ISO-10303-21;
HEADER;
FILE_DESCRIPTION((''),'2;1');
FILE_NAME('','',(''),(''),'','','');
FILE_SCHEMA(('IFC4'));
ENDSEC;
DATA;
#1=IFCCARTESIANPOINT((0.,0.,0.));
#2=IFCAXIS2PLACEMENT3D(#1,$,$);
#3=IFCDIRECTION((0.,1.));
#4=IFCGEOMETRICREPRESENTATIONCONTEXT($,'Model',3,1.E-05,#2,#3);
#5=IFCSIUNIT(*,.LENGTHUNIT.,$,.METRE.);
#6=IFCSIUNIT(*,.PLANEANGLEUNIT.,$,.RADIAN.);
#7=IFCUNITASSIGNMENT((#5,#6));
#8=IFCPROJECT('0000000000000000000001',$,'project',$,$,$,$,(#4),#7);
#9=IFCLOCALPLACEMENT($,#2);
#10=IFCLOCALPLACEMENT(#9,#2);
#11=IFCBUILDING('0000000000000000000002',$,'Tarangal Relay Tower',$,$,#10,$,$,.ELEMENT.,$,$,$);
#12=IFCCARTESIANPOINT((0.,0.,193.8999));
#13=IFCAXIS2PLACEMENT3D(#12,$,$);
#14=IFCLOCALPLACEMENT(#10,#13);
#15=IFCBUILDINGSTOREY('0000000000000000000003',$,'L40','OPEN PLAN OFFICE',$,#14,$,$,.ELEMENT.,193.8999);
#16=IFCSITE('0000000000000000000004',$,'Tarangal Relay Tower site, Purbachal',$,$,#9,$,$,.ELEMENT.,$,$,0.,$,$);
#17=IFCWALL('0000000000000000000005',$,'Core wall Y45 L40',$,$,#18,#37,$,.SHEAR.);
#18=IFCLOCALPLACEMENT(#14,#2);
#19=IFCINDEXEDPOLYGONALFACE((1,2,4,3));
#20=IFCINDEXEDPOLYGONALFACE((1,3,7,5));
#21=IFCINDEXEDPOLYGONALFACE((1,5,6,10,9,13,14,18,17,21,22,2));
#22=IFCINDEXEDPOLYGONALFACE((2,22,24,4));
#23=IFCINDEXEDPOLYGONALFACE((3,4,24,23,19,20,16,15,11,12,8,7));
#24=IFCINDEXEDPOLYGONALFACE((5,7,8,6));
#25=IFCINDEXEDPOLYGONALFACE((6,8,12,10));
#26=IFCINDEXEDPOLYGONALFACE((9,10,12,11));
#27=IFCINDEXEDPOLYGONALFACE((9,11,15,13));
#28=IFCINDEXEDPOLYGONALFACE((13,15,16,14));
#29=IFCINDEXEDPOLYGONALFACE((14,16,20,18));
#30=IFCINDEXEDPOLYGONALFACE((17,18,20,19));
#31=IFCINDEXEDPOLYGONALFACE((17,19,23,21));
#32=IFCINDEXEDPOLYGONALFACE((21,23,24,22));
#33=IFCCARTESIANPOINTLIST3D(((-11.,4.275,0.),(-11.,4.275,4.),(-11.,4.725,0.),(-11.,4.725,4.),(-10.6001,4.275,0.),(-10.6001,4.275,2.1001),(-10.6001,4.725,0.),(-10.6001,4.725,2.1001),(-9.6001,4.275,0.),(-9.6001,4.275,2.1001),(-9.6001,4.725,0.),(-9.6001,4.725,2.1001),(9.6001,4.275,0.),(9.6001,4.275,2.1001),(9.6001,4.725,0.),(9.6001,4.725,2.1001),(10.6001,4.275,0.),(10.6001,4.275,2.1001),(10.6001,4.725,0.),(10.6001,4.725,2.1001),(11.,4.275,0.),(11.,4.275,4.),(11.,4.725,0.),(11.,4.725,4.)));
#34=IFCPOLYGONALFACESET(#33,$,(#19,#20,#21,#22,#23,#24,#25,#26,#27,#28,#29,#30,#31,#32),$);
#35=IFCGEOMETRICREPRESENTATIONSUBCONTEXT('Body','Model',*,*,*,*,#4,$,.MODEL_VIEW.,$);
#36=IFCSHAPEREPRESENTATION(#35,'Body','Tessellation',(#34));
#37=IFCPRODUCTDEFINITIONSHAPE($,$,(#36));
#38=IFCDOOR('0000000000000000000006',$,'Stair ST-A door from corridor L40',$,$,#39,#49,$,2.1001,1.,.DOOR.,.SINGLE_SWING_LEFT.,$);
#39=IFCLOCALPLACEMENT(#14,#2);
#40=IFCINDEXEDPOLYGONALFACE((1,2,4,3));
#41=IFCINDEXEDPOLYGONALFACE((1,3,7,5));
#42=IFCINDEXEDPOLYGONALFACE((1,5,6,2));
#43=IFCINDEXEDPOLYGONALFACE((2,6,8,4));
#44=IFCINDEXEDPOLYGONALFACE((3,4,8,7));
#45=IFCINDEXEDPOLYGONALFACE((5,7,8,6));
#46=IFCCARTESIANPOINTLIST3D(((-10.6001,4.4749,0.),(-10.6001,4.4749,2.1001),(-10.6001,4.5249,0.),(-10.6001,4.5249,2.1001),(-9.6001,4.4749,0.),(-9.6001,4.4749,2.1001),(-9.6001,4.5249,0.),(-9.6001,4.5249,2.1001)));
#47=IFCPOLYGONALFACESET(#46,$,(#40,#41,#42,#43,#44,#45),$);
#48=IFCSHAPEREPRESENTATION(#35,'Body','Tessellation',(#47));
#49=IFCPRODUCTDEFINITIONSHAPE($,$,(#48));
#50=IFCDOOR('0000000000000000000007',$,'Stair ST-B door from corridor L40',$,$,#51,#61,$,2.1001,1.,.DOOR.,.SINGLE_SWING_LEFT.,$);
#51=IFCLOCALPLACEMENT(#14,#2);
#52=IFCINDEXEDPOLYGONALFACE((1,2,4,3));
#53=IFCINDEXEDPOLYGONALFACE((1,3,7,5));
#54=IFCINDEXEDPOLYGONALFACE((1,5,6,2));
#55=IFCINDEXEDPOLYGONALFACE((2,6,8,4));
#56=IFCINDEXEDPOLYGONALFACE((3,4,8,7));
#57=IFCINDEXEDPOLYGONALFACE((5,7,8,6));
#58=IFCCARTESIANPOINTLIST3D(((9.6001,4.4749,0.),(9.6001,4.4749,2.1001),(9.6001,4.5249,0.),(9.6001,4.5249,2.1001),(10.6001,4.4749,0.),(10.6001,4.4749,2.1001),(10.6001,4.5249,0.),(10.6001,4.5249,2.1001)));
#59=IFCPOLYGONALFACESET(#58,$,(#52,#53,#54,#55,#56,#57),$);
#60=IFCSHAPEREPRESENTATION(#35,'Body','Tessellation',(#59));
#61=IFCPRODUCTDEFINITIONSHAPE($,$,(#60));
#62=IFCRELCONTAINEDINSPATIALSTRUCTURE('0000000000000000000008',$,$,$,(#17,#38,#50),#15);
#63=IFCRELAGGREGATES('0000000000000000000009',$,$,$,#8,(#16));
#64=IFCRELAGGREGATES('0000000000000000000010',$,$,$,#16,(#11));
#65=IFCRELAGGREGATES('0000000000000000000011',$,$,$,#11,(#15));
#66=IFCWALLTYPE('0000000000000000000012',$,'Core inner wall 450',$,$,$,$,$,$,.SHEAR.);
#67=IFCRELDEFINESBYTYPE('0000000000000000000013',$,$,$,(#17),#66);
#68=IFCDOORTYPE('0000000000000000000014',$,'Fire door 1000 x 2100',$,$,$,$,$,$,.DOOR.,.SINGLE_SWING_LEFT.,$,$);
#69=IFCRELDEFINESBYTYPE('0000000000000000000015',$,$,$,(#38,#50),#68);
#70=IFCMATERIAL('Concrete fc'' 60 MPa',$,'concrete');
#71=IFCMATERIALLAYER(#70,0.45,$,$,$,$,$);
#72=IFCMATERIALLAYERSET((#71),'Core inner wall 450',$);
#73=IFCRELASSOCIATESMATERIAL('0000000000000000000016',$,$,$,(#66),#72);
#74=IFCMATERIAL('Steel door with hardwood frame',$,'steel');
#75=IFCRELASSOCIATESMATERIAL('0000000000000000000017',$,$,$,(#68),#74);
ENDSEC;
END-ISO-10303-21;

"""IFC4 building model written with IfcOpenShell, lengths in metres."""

from ifc_helpers import new_model, si_unit, direction, frame, frame_2d, origin, place, context, subcontext, project, spatial, rectangle, extrude, material, layer, layer_set, type_object, element, fill, save


model = new_model("IFC4")

# Units and contexts
model_context = context("Model", 3, precision=1e-05, world=origin(), true_north=direction((0.0, 1.0)))
body_context = subcontext(model_context, "Body", "Model", "MODEL_VIEW")
ifc_project = project(units=[si_unit("LENGTHUNIT", "METRE"), si_unit("PLANEANGLEUNIT", "RADIAN")], contexts=[model_context])

# Site, building, storey
site_placement = place(None, origin())
site = spatial("IfcSite", under=ifc_project, at=site_placement, Name="Tarangal Relay Tower site, Purbachal", CompositionType="ELEMENT", RefElevation=0.0)
building_placement = place(site_placement, origin())
building = spatial("IfcBuilding", under=site, at=building_placement, Name="Tarangal Relay Tower", CompositionType="ELEMENT")
storey_placement = place(building_placement, frame((0.0, 0.0, 193.8999)))
storey = spatial("IfcBuildingStorey", under=building, at=storey_placement, Name="L40", Description="OPEN PLAN OFFICE", CompositionType="ELEMENT", Elevation=193.8999)

# Wall, openings, doors
ifc_material_1 = material(Name="Concrete fc' 60 MPa", Category="concrete")
ifc_layer = layer(ifc_material_1, 0.45)
ifc_layer_set = layer_set([ifc_layer], Name="Core inner wall 450")
wall_type = type_object("IfcWallType", Name="Core inner wall 450", PredefinedType="SHEAR", material=ifc_layer_set)
wall_1_placement = place(storey_placement, frame((-11.0, 4.5, 0.0), z_axis=(0.0, 0.0, 1.0), x_axis=(1.0, 0.0, 0.0)))
wall_1 = element("IfcWall", 1, at=wall_1_placement, inside=storey, type_object=wall_type, Name="Core wall Y45 L40", PredefinedType="SHEAR", context=body_context, shape_type="SweptSolid", body=[
    extrude(rectangle(XDim=22.0, YDim=0.45, at=frame_2d((11.0, 0.0))), origin(), (0.0, 0.0, 1.0), 4.0),
])
opening_1_placement = place(wall_1_placement, frame((0.3999, 0.0, 0.0)))
opening_1 = element("IfcOpeningElement", 2, at=opening_1_placement, cuts=wall_1, PredefinedType="OPENING", context=body_context, shape_type="SweptSolid", body=[
    extrude(rectangle(XDim=1.0, YDim=2.1001, at=frame_2d((0.5, 1.05))), frame((0.0, 0.2349, 0.0), z_axis=(0.0, -1.0, 0.0), x_axis=(1.0, 0.0, 0.0)), (0.0, 0.0, 1.0), 0.47),
])
opening_2_placement = place(wall_1_placement, frame((20.6001, 0.0, 0.0)))
opening_2 = element("IfcOpeningElement", 3, at=opening_2_placement, cuts=wall_1, PredefinedType="OPENING", context=body_context, shape_type="SweptSolid", body=[
    extrude(rectangle(XDim=1.0, YDim=2.1001, at=frame_2d((0.5, 1.05))), frame((0.0, 0.2349, 0.0), z_axis=(0.0, -1.0, 0.0), x_axis=(1.0, 0.0, 0.0)), (0.0, 0.0, 1.0), 0.47),
])
ifc_material_2 = material(Name="Steel door with hardwood frame", Category="steel")
door_type_1 = type_object("IfcDoorType", Name="Fire door 1000 x 2100", OperationType="SINGLE_SWING_LEFT", PredefinedType="DOOR", material=ifc_material_2)
door_1_placement = place(opening_1_placement, origin())
door_1 = element("IfcDoor", 4, at=door_1_placement, inside=storey, type_object=door_type_1, Name="Stair ST-A door from corridor L40", OperationType="SINGLE_SWING_LEFT", OverallHeight=2.1001, OverallWidth=1.0, PredefinedType="DOOR", context=body_context, shape_type="SweptSolid", body=[
    extrude(rectangle(XDim=1.0, YDim=2.1001, at=frame_2d((0.5, 1.05))), frame((0.0, 0.0249, 0.0), z_axis=(0.0, -1.0, 0.0), x_axis=(1.0, 0.0, 0.0)), (0.0, 0.0, 1.0), 0.05),
])
fill(opening_1, door_1)
door_2_placement = place(opening_2_placement, origin())
door_2 = element("IfcDoor", 5, at=door_2_placement, inside=storey, type_object=door_type_1, Name="Stair ST-B door from corridor L40", OperationType="SINGLE_SWING_LEFT", OverallHeight=2.1001, OverallWidth=1.0, PredefinedType="DOOR", context=body_context, shape_type="SweptSolid", body=[
    extrude(rectangle(XDim=1.0, YDim=2.1001, at=frame_2d((0.5, 1.05))), frame((0.0, 0.0249, 0.0), z_axis=(0.0, -1.0, 0.0), x_axis=(1.0, 0.0, 0.0)), (0.0, 0.0, 1.0), 0.05),
])
fill(opening_2, door_2)

save(model, "model.ifc")
